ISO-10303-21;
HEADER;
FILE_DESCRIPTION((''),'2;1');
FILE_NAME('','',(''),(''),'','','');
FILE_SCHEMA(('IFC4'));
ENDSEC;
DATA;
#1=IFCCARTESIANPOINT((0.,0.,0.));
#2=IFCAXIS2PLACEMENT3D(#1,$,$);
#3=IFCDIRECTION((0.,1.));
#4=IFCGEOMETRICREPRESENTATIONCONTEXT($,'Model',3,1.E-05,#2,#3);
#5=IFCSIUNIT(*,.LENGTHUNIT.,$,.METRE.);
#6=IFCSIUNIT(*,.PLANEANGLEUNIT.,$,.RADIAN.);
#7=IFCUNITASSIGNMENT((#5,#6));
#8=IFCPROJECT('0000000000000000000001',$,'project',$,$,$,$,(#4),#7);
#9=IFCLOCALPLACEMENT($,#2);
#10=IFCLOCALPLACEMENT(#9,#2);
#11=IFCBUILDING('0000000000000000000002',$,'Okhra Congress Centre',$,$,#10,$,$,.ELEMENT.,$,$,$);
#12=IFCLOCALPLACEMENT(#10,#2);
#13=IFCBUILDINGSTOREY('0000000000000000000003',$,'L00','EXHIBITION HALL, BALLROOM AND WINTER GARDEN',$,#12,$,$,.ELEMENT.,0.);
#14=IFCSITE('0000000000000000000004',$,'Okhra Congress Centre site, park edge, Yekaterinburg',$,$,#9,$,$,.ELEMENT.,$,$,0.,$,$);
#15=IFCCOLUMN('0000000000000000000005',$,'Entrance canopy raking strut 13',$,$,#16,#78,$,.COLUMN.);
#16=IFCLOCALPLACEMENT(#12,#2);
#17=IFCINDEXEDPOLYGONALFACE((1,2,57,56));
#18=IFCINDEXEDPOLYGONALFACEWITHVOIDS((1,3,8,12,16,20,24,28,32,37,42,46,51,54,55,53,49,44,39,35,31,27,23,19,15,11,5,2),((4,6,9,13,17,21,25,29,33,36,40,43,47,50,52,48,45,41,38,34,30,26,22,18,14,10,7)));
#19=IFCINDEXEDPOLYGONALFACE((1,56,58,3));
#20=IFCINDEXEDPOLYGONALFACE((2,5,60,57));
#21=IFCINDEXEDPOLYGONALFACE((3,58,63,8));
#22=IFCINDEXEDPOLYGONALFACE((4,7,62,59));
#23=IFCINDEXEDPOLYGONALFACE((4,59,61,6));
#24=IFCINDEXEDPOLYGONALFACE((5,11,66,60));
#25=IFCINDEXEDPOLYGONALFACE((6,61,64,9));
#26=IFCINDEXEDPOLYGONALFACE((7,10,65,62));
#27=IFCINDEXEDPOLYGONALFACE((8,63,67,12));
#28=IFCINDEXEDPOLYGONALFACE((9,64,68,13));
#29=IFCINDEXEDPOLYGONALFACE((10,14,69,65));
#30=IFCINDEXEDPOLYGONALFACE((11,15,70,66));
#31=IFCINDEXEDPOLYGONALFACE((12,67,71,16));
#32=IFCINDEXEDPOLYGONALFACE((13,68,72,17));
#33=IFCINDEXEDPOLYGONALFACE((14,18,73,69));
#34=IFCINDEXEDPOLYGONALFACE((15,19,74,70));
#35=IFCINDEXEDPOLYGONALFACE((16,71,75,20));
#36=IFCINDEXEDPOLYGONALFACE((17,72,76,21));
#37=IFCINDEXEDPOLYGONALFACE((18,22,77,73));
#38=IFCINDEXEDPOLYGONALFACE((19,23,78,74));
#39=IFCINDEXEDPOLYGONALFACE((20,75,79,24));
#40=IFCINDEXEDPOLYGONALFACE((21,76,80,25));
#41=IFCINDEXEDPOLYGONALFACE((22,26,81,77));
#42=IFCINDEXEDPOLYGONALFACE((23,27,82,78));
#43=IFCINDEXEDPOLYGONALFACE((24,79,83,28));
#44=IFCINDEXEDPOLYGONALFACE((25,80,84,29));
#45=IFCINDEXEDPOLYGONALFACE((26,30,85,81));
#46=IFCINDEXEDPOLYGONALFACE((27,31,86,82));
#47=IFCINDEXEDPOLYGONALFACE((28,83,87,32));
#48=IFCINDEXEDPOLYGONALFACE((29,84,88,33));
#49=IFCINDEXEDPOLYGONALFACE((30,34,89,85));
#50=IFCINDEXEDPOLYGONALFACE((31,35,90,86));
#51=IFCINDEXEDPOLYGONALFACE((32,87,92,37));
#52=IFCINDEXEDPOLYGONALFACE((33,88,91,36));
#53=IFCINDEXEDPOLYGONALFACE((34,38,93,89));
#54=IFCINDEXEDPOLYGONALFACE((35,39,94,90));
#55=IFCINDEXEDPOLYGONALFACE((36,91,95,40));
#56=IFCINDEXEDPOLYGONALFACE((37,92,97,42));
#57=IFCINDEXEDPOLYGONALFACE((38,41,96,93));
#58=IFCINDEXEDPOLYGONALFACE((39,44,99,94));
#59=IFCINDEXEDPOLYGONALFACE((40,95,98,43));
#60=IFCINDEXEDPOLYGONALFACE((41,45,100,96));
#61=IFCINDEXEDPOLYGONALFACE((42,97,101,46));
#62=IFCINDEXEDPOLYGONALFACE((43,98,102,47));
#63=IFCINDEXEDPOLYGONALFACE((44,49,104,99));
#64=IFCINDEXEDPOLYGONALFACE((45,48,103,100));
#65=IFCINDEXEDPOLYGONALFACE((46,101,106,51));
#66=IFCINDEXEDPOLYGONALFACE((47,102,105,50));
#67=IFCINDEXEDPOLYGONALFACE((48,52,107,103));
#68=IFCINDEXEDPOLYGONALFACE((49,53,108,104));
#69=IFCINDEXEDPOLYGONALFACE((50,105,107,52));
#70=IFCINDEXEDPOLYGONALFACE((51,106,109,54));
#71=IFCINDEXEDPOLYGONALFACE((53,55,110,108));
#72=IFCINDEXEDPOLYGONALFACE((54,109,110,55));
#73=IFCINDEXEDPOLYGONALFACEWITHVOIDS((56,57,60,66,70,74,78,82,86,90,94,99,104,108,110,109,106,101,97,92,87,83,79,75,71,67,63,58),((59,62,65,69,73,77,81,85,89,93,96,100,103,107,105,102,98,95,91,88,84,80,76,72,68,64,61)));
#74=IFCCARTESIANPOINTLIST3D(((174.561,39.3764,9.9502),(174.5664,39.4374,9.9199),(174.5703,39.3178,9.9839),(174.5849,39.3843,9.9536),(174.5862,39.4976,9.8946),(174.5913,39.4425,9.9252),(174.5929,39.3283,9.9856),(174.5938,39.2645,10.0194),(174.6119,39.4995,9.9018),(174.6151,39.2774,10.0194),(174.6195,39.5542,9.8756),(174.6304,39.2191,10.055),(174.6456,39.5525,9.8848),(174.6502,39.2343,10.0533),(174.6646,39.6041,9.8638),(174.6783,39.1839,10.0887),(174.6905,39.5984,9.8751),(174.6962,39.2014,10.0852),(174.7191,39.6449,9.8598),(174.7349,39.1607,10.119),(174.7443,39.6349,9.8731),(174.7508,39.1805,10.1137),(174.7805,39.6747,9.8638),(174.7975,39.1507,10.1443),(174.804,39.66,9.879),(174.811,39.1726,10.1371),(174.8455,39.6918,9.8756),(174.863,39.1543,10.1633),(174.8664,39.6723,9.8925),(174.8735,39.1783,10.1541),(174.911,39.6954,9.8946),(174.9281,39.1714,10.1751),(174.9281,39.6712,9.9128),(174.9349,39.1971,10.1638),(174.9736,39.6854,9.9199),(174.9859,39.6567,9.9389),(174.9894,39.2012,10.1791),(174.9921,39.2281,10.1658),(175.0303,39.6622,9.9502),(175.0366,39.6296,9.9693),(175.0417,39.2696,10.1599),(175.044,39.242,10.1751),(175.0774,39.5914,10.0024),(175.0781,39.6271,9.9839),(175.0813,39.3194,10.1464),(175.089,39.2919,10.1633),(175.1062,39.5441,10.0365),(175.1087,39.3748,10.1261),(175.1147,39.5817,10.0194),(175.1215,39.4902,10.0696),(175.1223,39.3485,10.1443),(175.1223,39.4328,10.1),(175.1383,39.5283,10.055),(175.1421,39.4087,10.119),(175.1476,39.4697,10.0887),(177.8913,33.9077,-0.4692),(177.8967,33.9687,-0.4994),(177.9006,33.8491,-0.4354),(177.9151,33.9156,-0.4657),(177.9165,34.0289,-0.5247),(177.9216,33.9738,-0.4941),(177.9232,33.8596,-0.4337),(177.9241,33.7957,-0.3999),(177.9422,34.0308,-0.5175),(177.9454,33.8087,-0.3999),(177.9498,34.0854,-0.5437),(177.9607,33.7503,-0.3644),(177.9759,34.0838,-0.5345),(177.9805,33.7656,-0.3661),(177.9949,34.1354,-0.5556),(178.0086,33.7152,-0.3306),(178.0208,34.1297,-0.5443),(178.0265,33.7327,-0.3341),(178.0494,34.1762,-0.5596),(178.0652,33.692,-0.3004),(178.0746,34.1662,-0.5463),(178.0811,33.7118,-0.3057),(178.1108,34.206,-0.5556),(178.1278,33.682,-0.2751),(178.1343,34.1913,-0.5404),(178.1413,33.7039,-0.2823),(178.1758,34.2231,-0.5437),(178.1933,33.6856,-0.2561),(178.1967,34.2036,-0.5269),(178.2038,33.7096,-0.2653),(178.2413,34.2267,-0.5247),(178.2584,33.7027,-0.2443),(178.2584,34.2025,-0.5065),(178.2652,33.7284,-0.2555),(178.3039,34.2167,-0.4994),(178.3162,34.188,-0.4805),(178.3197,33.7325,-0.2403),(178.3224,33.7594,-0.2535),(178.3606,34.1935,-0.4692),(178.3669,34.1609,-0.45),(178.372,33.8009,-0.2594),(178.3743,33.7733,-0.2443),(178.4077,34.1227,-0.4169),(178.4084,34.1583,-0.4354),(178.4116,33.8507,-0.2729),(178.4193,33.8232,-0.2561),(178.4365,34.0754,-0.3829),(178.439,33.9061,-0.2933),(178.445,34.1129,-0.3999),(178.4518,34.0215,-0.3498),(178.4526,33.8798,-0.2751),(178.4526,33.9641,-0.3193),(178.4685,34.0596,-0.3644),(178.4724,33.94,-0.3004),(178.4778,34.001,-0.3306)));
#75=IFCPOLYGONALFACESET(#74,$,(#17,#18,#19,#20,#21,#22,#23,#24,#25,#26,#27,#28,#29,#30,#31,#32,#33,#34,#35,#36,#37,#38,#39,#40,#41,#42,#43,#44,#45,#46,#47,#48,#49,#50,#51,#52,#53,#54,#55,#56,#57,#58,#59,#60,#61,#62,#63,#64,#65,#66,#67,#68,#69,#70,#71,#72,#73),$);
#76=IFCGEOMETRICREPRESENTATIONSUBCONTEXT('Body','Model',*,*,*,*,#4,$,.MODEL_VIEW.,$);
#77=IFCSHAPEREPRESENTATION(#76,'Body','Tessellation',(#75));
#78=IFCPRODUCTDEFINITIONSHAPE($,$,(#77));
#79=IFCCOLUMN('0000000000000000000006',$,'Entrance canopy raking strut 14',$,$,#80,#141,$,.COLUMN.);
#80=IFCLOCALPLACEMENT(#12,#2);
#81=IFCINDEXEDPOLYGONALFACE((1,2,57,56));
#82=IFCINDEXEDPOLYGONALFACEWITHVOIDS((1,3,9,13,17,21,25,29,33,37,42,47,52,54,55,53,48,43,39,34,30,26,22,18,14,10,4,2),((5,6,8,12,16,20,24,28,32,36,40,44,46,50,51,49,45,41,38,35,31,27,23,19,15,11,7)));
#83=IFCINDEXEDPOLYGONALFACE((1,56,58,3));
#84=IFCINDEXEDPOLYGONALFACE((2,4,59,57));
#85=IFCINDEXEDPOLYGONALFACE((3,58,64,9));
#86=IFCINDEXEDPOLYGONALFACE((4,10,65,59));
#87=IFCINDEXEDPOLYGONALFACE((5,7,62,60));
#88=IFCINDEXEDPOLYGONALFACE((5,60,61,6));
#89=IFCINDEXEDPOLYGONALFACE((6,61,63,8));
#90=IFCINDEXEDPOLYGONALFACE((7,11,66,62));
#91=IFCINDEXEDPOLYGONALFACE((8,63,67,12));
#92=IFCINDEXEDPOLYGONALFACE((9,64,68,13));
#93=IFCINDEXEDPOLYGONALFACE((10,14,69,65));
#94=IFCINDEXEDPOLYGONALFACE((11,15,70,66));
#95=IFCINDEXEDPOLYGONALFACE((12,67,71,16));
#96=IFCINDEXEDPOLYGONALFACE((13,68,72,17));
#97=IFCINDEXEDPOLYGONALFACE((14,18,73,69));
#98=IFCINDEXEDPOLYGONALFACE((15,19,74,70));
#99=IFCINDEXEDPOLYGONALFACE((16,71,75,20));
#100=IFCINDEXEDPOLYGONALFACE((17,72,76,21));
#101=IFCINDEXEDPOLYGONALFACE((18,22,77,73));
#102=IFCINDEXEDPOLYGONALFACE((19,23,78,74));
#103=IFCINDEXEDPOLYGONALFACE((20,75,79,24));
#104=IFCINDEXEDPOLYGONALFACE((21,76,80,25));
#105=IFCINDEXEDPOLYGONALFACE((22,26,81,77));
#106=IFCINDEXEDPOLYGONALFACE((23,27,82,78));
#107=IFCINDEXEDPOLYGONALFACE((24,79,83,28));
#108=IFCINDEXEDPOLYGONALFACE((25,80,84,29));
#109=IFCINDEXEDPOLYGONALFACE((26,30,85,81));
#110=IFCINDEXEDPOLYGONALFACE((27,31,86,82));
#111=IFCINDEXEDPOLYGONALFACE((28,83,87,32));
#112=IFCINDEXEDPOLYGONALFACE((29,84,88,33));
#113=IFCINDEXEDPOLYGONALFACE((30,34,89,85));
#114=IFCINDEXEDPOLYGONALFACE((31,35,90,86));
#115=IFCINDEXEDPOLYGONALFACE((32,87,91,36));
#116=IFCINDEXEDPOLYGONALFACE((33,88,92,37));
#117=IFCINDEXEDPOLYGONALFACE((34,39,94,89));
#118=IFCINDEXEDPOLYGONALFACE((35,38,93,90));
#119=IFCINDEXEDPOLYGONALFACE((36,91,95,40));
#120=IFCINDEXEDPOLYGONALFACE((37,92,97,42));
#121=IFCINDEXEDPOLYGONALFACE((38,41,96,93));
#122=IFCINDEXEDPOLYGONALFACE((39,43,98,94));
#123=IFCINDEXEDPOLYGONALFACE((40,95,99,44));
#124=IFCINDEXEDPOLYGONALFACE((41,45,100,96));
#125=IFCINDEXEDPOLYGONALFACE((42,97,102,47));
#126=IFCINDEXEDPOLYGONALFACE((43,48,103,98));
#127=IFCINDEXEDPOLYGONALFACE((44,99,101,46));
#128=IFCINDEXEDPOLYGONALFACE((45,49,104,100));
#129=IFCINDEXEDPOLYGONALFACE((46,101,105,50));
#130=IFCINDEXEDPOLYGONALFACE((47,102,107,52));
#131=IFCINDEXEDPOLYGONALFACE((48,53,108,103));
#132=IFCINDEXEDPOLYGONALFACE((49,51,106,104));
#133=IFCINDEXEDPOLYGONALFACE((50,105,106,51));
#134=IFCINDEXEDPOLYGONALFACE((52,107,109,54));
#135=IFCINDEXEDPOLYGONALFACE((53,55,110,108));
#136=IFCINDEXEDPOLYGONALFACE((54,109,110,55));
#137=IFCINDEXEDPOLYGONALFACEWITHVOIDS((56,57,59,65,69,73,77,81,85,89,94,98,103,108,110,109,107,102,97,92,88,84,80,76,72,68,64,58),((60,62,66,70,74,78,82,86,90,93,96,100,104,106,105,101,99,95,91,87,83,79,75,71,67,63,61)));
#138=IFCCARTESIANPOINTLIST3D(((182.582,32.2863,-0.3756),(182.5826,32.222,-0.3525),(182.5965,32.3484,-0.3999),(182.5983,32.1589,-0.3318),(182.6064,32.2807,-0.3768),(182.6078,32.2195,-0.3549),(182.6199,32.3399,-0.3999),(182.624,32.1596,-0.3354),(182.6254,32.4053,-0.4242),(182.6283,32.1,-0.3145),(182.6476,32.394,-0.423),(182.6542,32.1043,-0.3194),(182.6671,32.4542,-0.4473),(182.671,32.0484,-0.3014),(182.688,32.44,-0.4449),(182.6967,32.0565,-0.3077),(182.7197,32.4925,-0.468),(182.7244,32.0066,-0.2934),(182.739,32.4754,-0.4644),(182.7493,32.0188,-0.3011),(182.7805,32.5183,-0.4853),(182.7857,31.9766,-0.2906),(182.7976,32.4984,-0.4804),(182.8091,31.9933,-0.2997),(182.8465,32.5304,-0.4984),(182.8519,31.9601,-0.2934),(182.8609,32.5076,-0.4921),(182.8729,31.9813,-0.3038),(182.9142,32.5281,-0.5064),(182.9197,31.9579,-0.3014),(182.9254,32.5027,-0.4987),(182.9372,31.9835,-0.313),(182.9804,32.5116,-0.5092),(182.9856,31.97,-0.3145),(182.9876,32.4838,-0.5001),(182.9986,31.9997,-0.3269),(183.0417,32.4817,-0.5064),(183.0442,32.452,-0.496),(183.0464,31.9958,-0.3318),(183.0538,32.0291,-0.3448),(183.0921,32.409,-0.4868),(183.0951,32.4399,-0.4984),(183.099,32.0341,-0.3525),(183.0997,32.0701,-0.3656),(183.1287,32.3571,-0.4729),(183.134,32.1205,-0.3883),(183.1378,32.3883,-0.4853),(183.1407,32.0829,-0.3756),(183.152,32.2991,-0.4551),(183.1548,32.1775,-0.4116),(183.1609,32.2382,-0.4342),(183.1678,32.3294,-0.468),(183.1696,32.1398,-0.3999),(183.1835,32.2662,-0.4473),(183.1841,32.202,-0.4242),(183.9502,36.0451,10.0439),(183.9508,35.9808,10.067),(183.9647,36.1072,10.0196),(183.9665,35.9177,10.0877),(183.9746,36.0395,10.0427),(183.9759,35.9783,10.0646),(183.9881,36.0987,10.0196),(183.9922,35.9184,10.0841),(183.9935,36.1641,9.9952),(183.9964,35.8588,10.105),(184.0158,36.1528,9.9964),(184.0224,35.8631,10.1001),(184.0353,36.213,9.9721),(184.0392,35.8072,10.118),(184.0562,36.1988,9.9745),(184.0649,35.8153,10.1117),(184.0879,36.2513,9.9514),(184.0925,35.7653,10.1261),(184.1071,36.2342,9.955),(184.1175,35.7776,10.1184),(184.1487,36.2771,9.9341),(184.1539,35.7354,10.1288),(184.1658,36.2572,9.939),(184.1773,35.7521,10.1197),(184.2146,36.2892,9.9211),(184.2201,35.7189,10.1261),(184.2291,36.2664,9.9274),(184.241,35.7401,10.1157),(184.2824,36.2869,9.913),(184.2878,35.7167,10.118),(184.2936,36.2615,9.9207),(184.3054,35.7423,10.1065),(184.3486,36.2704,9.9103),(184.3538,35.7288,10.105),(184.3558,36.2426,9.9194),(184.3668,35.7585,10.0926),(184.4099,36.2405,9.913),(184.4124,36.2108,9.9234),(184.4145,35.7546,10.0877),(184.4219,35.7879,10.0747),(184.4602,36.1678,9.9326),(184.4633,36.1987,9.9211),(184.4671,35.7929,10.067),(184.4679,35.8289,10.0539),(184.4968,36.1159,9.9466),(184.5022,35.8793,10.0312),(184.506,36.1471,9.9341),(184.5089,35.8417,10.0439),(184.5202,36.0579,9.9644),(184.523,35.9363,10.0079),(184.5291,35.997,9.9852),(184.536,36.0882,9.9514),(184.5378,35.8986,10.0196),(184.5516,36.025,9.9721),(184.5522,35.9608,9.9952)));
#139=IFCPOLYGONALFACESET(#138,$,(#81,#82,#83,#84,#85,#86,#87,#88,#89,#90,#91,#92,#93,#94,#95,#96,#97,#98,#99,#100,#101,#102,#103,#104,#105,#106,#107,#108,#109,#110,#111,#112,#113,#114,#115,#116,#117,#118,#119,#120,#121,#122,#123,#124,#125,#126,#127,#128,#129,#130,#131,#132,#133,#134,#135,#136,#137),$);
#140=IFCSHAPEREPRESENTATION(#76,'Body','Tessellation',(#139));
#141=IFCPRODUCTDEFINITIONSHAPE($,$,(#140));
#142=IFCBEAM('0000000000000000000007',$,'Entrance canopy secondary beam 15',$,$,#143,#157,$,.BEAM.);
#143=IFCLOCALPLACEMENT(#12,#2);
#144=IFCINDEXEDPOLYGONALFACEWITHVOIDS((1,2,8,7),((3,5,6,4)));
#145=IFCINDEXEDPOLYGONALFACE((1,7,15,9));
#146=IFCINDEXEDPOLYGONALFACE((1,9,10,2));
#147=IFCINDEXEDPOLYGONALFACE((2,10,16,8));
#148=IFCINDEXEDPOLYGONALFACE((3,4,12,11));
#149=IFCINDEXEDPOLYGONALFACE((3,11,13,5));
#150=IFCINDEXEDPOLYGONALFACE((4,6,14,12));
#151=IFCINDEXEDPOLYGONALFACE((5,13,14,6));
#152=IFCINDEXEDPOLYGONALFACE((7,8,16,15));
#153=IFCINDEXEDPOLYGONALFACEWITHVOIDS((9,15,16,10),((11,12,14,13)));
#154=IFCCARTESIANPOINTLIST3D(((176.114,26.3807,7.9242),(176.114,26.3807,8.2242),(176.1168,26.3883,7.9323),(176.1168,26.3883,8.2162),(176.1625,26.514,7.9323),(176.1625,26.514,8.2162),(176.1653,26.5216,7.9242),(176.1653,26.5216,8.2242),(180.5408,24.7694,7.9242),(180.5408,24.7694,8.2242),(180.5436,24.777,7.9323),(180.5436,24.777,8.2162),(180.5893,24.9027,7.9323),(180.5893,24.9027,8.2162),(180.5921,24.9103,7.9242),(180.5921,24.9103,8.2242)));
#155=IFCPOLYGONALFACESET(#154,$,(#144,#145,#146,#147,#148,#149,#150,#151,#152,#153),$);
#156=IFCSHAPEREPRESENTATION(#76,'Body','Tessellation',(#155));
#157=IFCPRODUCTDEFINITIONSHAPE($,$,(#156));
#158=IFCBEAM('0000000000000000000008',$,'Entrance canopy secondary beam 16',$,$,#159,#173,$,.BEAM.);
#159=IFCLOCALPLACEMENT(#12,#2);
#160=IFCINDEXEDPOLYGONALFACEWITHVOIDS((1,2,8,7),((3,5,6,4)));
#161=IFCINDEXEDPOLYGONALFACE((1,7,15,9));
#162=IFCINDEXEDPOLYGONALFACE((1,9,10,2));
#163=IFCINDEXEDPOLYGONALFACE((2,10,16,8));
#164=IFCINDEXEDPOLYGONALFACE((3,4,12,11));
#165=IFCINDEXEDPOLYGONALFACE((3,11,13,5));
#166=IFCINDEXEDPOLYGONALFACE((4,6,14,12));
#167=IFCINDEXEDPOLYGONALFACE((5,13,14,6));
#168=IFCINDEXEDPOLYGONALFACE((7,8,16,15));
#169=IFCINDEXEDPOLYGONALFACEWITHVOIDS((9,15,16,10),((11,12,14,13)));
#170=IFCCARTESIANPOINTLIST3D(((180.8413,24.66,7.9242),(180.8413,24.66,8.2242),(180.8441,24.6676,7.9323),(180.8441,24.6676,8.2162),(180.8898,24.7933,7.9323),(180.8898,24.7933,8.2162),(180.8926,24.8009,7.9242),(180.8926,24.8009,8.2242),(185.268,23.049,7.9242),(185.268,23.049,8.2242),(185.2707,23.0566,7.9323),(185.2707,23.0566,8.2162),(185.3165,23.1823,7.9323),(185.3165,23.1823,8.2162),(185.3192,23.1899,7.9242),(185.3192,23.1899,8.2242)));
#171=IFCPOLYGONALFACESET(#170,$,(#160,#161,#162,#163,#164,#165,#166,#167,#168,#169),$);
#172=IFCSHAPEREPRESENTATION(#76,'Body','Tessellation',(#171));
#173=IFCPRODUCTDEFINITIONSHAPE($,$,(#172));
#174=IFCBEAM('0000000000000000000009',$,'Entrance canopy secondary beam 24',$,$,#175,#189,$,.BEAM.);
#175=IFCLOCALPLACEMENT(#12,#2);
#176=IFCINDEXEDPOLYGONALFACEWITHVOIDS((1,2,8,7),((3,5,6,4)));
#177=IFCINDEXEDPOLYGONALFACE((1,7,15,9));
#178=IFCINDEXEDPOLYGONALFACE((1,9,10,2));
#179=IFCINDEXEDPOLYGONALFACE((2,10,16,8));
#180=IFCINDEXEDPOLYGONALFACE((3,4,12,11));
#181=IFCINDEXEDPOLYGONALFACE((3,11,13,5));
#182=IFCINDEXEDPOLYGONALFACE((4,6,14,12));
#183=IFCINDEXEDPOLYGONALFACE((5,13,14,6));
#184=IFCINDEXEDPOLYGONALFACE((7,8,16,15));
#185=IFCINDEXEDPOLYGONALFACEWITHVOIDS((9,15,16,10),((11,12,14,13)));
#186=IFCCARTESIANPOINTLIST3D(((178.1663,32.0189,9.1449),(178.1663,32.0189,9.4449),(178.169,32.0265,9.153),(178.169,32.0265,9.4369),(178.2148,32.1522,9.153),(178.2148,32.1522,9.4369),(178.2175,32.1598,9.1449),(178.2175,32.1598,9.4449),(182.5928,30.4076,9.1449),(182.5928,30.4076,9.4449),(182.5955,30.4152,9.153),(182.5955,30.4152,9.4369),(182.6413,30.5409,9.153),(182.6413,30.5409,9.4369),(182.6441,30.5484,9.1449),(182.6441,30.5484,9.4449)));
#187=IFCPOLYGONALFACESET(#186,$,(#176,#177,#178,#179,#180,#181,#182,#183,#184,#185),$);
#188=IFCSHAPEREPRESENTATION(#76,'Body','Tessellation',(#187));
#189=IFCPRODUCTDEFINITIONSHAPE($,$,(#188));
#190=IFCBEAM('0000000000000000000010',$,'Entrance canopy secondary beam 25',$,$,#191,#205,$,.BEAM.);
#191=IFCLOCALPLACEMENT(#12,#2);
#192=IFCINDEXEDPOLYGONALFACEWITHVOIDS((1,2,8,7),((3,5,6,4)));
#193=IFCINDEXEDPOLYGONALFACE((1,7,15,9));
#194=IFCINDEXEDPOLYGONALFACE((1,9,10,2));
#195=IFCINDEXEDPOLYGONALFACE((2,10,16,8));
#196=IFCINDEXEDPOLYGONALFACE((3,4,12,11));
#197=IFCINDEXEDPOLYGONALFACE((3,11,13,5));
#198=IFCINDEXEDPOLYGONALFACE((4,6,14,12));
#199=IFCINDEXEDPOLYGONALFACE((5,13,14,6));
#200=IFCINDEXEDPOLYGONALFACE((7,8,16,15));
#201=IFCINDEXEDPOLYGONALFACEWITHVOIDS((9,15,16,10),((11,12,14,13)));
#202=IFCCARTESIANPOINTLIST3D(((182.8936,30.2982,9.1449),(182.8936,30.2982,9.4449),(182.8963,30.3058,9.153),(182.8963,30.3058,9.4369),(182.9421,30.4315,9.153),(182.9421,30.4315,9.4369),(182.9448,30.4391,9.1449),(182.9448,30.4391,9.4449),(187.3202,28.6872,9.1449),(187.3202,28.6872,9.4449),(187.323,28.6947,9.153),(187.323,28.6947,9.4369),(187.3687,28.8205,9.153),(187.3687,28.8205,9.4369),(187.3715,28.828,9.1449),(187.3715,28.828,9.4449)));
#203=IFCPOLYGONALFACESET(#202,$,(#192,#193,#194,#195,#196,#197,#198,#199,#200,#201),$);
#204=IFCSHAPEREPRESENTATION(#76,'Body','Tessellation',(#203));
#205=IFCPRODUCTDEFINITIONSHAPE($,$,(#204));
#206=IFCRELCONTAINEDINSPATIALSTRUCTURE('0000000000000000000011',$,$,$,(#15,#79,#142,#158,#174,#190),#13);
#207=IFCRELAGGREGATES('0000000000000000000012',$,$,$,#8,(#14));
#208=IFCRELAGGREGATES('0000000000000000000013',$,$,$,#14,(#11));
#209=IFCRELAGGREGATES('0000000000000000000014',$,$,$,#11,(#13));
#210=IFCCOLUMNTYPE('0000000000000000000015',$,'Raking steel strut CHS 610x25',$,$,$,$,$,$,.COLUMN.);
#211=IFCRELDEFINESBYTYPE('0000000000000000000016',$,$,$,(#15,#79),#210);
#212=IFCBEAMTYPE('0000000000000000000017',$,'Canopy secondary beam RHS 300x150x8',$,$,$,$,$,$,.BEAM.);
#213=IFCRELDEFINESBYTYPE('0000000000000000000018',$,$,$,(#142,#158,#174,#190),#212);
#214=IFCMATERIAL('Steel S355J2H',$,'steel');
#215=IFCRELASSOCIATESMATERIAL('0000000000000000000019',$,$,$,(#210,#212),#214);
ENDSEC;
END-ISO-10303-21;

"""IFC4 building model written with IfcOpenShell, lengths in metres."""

from ifc_helpers import new_model, si_unit, direction, frame, origin, origin_2d, place, context, subcontext, project, spatial, hollow_rectangle, hollow_circle, extrude, material, material_profile, profile_set, type_object, element, save


model = new_model("IFC4")

# Units and contexts
model_context = context("Model", 3, precision=1e-05, world=origin(), true_north=direction((0.0, 1.0)))
body_context = subcontext(model_context, "Body", "Model", "MODEL_VIEW")
ifc_project = project(units=[si_unit("LENGTHUNIT", "METRE"), si_unit("PLANEANGLEUNIT", "RADIAN")], contexts=[model_context])

# Site, building, storey
site_placement = place(None, origin())
site = spatial("IfcSite", under=ifc_project, at=site_placement, Name="Okhra Congress Centre site, park edge, Yekaterinburg", CompositionType="ELEMENT", RefElevation=0.0)
building_placement = place(site_placement, origin())
building = spatial("IfcBuilding", under=site, at=building_placement, Name="Okhra Congress Centre", CompositionType="ELEMENT")
storey_placement = place(building_placement, origin())
storey = spatial("IfcBuildingStorey", under=building, at=storey_placement, Name="L00", Description="EXHIBITION HALL, BALLROOM AND WINTER GARDEN", CompositionType="ELEMENT", Elevation=0.0)

# Columns
ifc_material_1 = material(Name="Steel S355J2H", Category="steel")
ifc_material_profile_1 = material_profile(ifc_material_1, hollow_circle(Radius=0.3049, WallThickness=0.0249, at=origin_2d()), Name="CHS 610x25")
ifc_profile_set_1 = profile_set([ifc_material_profile_1], Name="Steel S355J2H")
column_type = type_object("IfcColumnType", Name="Raking steel strut CHS 610x25", PredefinedType="COLUMN", material=ifc_profile_set_1)
column_1_placement = place(storey_placement, frame((178.1846, 33.9543, -0.3999), z_axis=(-0.272317, 0.447174, 0.851986), x_axis=(-0.854093, -0.52012, 0.0)))
element("IfcColumn", 1, at=column_1_placement, inside=storey, type_object=column_type, Name="Entrance canopy raking strut 13", PredefinedType="COLUMN", context=body_context, shape_type="SweptSolid", body=[
    extrude(hollow_circle(Radius=0.3049, WallThickness=0.0249, at=origin_2d()), origin(), (0.0, 0.0, 1.0), 12.2295),
])
column_2_placement = place(storey_placement, frame((182.8831, 32.2441, -0.3999), z_axis=(0.122586, 0.336783, 0.933568), x_axis=(-0.939686, 0.342037, 0.0)))
element("IfcColumn", 2, at=column_2_placement, inside=storey, type_object=column_type, Name="Entrance canopy raking strut 14", PredefinedType="COLUMN", context=body_context, shape_type="SweptSolid", body=[
    extrude(hollow_circle(Radius=0.3049, WallThickness=0.0249, at=origin_2d()), origin(), (0.0, 0.0, 1.0), 11.1609),
])

# Beams
ifc_material_profile_2 = material_profile(ifc_material_1, hollow_rectangle(XDim=0.1499, YDim=0.3, WallThickness=0.0081, at=origin_2d()), Name="RHS 300x150x8")
ifc_profile_set_2 = profile_set([ifc_material_profile_2], Name="Steel S355J2H")
beam_type = type_object("IfcBeamType", Name="Canopy secondary beam RHS 300x150x8", PredefinedType="BEAM", material=ifc_profile_set_2)
beam_placement = place(storey_placement, frame((176.1396, 26.4512, 8.0742), z_axis=(0.939684, -0.342043, 0.0), x_axis=(0.342043, 0.939684, 0.0)))
element("IfcBeam", 3, at=beam_placement, inside=storey, type_object=beam_type, Name="Entrance canopy secondary beam 15", PredefinedType="BEAM", context=body_context, shape_type="SweptSolid", body=[
    extrude(hollow_rectangle(XDim=0.1499, YDim=0.3, WallThickness=0.0081, at=origin_2d()), origin(), (0.0, 0.0, 1.0), 4.7109),
])
for number, where, z_axis, x_axis, name in (
    (4, (180.8669, 24.7305, 8.0742), (0.939701, -0.341997, 0.0), (0.341997, 0.939701, 0.0), "Entrance canopy secondary beam 16"),
    (5, (178.1919, 32.0894, 9.2949), (0.939678, -0.342059, 0.0), (0.342059, 0.939678, 0.0), "Entrance canopy secondary beam 24"),
    (6, (182.9192, 30.3687, 9.2949), (0.939701, -0.341997, 0.0), (0.341997, 0.939701, 0.0), "Entrance canopy secondary beam 25"),
):
    element("IfcBeam", number, at=place(storey_placement, frame(where, z_axis=z_axis, x_axis=x_axis)), inside=storey, type_object=beam_type, Name=name, PredefinedType="BEAM", context=body_context, shape_type="SweptSolid", body=[
        extrude(hollow_rectangle(XDim=0.1499, YDim=0.3, WallThickness=0.0081, at=origin_2d()), origin(), (0.0, 0.0, 1.0), 4.7107),
    ])

save(model, "model.ifc")
